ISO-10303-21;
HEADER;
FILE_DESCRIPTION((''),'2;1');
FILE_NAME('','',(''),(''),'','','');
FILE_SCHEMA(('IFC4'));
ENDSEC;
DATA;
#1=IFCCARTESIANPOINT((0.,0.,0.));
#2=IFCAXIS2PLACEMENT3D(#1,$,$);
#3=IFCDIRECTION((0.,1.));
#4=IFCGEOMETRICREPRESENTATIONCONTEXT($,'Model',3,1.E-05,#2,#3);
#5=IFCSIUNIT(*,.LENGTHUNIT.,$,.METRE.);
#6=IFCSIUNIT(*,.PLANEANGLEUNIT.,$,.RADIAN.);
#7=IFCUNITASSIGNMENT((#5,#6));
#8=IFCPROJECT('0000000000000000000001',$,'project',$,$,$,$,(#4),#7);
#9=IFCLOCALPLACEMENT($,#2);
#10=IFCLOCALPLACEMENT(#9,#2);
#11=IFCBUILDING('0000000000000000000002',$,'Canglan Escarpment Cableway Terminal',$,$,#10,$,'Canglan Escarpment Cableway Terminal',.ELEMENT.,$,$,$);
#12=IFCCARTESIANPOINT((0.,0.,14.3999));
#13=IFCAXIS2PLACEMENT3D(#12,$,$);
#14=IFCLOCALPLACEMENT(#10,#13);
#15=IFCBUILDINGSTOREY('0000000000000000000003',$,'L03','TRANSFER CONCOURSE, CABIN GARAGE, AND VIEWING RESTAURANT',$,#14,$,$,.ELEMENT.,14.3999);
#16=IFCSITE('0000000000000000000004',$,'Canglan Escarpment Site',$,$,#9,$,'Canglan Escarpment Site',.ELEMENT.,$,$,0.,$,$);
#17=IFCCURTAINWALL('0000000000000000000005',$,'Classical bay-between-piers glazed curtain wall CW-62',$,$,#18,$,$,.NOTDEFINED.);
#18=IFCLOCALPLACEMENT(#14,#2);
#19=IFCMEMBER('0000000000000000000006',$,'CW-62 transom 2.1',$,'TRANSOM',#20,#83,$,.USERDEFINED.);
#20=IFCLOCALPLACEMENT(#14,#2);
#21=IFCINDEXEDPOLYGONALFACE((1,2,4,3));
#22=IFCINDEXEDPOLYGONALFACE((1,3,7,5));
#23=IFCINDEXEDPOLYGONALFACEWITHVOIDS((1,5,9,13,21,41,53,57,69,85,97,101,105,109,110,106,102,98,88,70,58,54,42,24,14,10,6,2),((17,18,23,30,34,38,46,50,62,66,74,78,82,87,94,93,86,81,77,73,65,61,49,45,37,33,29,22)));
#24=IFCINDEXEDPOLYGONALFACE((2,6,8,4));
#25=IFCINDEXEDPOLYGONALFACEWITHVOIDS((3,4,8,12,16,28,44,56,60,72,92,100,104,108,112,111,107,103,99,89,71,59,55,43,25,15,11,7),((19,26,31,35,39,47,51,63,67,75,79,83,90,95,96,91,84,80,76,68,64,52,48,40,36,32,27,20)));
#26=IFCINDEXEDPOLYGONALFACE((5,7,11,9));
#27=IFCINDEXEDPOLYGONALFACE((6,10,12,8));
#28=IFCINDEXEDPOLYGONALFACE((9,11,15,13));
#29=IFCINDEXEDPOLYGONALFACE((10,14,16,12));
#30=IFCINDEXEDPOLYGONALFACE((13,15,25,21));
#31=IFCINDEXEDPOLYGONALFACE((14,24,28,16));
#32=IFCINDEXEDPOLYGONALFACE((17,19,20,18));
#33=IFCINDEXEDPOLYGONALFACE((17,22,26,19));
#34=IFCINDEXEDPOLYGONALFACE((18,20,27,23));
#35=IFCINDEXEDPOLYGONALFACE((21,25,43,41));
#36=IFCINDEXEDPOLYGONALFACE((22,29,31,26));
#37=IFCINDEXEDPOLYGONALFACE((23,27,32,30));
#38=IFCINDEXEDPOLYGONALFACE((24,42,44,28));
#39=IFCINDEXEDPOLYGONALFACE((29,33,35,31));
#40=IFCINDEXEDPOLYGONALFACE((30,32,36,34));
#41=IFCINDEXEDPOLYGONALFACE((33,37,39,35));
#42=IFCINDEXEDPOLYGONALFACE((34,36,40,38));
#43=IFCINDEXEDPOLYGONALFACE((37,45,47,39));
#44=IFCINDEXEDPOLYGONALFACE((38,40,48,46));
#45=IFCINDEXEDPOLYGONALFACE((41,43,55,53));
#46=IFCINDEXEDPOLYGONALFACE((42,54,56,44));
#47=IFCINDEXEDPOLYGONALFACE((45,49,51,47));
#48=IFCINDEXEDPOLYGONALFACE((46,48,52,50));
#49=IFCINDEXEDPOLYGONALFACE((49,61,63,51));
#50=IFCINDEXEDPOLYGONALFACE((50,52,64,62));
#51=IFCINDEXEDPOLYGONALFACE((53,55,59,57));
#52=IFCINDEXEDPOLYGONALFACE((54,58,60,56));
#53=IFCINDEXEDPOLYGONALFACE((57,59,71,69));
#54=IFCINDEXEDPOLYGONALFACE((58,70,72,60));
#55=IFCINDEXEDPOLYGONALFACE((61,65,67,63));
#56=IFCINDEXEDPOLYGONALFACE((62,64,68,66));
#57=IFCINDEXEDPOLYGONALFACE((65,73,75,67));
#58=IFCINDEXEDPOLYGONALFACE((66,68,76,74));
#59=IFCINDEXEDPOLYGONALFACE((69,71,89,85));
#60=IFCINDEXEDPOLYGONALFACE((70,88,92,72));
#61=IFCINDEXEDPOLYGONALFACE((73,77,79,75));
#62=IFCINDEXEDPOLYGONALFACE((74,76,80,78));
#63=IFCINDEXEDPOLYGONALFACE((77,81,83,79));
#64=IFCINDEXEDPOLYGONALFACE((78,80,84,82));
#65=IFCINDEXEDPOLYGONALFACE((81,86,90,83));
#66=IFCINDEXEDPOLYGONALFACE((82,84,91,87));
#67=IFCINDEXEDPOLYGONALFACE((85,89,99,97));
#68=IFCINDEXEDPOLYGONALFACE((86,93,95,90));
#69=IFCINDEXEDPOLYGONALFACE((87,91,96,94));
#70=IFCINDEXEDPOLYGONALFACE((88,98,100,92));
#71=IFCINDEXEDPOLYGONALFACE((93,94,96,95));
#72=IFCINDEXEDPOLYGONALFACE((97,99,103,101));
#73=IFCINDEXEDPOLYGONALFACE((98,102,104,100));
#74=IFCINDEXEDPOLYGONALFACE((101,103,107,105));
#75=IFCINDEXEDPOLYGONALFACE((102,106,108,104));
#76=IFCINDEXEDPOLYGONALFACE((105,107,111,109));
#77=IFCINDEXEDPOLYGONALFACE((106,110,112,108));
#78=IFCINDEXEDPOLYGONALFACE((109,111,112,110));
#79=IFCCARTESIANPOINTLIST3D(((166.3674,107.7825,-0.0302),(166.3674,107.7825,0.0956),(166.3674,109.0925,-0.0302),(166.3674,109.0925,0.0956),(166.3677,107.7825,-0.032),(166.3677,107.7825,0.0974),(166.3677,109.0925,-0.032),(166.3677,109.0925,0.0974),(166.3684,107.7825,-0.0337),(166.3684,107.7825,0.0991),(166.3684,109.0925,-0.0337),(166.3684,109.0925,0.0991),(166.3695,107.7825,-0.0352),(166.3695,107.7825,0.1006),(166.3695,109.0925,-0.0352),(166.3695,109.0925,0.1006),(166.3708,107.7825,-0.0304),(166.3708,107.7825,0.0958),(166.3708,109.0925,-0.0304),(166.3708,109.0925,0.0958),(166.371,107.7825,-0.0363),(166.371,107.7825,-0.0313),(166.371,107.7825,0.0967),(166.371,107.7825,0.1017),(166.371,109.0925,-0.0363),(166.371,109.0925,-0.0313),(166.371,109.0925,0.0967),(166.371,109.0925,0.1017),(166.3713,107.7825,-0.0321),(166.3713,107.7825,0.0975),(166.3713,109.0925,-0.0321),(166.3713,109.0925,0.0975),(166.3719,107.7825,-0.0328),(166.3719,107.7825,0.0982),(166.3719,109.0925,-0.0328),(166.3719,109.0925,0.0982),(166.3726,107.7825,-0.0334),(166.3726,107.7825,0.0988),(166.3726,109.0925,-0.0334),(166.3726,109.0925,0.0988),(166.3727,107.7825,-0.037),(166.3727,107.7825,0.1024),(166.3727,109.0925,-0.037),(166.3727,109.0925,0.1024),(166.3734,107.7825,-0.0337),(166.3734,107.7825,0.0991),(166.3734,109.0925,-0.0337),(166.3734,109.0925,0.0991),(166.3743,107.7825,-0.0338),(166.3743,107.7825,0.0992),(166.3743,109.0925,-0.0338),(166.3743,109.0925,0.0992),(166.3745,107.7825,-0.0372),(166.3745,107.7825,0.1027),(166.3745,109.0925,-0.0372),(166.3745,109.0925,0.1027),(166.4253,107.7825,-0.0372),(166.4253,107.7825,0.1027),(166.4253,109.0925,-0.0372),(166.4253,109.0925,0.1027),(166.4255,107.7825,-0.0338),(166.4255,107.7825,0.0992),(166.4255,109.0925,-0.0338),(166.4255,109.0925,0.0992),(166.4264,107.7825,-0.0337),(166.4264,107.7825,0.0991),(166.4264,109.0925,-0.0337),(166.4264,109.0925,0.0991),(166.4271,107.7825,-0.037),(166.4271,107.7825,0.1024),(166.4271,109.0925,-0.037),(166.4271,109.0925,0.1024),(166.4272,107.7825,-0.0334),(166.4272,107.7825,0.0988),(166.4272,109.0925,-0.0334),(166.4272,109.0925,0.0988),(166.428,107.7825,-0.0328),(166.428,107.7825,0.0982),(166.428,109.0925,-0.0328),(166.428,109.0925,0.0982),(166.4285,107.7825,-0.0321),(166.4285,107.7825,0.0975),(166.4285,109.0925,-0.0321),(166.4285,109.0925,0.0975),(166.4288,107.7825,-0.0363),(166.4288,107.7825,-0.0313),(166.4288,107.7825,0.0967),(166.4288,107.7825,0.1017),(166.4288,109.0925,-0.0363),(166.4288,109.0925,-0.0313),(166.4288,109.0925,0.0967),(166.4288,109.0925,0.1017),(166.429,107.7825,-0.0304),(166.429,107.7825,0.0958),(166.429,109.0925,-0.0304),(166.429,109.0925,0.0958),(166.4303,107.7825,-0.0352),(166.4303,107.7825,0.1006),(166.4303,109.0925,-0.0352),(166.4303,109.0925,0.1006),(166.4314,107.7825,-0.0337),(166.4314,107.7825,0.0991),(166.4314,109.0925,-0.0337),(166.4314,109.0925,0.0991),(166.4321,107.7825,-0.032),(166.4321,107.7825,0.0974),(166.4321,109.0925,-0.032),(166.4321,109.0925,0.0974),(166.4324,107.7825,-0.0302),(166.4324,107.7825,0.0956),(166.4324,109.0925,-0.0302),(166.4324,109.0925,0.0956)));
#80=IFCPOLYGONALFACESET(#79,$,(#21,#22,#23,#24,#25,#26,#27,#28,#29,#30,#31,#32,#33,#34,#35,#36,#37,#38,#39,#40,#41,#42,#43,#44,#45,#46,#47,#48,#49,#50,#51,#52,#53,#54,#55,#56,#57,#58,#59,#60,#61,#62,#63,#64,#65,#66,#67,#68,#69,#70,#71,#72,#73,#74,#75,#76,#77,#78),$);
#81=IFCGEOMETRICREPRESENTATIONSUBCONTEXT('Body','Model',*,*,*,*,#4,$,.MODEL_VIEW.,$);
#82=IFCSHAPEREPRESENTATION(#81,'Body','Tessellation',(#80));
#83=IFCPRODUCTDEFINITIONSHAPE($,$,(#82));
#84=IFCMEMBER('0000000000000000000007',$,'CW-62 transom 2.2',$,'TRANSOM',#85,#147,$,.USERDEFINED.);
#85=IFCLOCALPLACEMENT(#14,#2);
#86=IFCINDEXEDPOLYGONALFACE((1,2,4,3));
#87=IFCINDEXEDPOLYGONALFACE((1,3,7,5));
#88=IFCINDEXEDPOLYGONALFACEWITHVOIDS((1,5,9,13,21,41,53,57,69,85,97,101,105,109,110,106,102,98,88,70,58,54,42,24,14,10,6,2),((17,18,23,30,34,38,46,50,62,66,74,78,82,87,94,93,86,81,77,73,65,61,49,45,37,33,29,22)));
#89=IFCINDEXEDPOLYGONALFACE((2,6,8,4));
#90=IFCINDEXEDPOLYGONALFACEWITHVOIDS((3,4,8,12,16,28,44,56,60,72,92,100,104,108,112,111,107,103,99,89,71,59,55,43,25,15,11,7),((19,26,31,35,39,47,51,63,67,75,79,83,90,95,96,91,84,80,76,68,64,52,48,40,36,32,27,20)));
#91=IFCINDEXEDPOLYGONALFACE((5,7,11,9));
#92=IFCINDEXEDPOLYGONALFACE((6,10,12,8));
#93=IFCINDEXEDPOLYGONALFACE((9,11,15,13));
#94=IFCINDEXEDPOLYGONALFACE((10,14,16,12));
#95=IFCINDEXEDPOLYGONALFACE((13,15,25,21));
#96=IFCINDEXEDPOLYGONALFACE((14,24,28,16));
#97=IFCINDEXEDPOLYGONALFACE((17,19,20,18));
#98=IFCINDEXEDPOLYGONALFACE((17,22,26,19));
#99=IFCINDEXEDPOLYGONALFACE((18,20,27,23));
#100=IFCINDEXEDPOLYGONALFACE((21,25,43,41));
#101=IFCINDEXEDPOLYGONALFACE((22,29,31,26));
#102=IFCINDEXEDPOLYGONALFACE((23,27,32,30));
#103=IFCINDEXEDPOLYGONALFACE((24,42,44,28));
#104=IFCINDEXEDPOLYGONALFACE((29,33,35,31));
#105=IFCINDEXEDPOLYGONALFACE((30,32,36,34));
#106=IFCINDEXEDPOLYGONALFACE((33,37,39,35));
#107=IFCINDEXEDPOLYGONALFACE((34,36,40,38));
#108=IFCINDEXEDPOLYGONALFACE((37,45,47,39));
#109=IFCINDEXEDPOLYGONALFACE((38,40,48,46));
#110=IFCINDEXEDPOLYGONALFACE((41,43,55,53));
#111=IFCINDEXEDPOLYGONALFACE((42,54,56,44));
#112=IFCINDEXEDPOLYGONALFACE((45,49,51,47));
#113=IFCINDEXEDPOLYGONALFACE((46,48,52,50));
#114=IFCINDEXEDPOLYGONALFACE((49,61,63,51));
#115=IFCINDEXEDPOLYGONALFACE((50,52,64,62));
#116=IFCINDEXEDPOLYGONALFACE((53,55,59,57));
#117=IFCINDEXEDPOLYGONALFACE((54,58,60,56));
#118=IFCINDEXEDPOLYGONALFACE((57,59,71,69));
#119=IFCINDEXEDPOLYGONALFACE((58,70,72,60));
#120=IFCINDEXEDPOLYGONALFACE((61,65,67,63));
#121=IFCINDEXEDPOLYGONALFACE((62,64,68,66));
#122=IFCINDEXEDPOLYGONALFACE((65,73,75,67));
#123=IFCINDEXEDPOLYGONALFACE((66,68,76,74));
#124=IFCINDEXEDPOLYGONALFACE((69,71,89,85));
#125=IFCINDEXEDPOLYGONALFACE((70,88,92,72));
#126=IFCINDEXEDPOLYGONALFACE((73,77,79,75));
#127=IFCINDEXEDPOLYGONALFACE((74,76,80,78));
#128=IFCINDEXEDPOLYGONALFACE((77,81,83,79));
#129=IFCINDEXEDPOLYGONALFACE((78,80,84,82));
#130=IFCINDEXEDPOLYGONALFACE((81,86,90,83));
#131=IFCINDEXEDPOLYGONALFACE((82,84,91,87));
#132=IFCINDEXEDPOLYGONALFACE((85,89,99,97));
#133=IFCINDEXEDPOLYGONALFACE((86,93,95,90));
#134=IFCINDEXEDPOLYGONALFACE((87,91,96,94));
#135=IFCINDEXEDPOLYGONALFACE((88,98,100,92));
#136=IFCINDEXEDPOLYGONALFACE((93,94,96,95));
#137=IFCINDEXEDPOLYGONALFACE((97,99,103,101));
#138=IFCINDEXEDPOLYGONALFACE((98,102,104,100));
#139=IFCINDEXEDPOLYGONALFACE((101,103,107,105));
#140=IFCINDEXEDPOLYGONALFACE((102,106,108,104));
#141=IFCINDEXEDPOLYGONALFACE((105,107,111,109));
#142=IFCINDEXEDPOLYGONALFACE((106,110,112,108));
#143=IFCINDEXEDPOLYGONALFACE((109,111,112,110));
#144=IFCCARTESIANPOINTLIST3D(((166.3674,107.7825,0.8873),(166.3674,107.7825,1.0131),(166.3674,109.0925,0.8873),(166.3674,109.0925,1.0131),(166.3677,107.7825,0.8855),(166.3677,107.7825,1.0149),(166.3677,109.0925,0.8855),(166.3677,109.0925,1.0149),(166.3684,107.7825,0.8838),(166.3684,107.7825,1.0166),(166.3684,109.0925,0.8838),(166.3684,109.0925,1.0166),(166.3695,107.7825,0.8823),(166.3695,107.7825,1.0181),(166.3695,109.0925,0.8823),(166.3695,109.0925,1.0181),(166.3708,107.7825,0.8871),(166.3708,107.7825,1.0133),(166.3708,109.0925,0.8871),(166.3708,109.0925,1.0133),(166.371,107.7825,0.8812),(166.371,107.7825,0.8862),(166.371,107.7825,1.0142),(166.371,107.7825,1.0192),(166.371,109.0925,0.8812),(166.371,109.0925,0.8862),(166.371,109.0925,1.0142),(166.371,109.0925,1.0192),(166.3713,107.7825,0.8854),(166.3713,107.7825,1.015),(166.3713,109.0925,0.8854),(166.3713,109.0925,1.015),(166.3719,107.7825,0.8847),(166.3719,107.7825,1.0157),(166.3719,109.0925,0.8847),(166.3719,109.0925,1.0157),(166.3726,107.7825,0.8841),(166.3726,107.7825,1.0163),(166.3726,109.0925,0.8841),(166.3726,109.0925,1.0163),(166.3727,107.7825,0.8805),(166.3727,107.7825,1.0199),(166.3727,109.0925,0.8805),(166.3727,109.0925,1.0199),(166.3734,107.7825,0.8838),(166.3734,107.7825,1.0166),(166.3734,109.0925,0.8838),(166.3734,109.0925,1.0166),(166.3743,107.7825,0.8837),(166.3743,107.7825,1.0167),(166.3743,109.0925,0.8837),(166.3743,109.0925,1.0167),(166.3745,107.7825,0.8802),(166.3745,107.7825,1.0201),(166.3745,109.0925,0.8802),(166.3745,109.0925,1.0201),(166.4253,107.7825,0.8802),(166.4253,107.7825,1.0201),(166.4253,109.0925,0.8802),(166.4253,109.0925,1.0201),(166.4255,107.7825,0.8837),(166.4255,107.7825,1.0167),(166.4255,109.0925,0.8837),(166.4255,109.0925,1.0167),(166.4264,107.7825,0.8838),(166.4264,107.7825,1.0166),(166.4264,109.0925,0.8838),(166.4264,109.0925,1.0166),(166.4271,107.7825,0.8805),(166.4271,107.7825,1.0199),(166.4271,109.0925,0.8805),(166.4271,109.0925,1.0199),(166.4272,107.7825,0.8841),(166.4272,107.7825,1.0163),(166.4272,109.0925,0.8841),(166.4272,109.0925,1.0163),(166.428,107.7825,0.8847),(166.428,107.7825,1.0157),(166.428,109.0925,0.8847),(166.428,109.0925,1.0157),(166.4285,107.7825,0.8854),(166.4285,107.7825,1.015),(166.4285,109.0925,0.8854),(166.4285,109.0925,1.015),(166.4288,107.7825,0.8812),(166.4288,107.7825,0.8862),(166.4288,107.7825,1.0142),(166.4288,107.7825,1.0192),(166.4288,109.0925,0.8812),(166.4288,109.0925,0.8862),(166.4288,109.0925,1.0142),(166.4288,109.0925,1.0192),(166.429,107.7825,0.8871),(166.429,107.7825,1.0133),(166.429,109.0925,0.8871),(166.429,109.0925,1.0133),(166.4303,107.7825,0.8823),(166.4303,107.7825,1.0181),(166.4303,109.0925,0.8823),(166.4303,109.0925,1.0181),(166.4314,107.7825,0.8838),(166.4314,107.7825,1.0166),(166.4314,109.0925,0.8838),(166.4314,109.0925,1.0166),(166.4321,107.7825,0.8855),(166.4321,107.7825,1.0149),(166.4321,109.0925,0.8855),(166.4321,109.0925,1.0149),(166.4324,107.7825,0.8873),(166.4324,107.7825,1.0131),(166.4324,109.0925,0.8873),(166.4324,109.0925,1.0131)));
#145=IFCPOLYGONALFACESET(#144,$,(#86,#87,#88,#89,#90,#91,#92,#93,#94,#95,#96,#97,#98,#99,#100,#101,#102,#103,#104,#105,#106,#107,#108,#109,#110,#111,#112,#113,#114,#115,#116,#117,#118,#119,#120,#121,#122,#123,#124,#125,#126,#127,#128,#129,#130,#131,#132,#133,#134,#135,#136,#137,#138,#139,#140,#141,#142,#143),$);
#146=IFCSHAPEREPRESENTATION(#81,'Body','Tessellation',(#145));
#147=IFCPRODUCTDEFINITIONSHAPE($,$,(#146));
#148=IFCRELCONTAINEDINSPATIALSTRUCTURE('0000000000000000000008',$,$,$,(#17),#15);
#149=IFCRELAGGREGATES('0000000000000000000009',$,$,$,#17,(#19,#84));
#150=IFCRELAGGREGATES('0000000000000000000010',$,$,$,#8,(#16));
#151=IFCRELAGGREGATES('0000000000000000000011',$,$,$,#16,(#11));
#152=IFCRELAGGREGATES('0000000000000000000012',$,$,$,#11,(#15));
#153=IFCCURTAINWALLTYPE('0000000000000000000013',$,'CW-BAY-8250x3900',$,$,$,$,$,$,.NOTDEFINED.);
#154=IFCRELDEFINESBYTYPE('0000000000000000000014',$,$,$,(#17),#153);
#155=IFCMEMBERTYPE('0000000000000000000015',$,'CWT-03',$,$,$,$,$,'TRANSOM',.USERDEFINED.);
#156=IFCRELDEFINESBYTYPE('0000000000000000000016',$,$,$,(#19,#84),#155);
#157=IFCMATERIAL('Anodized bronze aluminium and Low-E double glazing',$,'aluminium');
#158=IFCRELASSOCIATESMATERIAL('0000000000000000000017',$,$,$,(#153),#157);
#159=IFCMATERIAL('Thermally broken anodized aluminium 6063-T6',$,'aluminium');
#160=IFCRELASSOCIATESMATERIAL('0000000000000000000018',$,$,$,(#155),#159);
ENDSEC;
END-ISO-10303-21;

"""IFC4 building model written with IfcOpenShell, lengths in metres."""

from ifc_helpers import new_model, si_unit, direction, frame, origin, origin_2d, place, context, subcontext, project, spatial, hollow_rectangle, extrude, material, material_profile, profile_set, type_object, element, aggregate, save


model = new_model("IFC4")

# Units and contexts
model_context = context("Model", 3, precision=1e-05, world=origin(), true_north=direction((0.0, 1.0)))
body_context = subcontext(model_context, "Body", "Model", "MODEL_VIEW")
ifc_project = project(units=[si_unit("LENGTHUNIT", "METRE"), si_unit("PLANEANGLEUNIT", "RADIAN")], contexts=[model_context])

# Site, building, storey
site_placement = place(None, origin())
site = spatial("IfcSite", under=ifc_project, at=site_placement, Name="Canglan Escarpment Site", LongName="Canglan Escarpment Site", CompositionType="ELEMENT", RefElevation=0.0)
building_placement = place(site_placement, origin())
building = spatial("IfcBuilding", under=site, at=building_placement, Name="Canglan Escarpment Cableway Terminal", LongName="Canglan Escarpment Cableway Terminal", CompositionType="ELEMENT")
storey_placement = place(building_placement, frame((0.0, 0.0, 14.3999)))
storey = spatial("IfcBuildingStorey", under=building, at=storey_placement, Name="L03", Description="TRANSFER CONCOURSE, CABIN GARAGE, AND VIEWING RESTAURANT", CompositionType="ELEMENT", Elevation=14.3999)

# Curtain wall, members
ifc_material_1 = material(Name="Anodized bronze aluminium and Low-E double glazing", Category="aluminium")
curtain_wall_type = type_object("IfcCurtainWallType", Name="CW-BAY-8250x3900", PredefinedType="NOTDEFINED", material=ifc_material_1)
curtain_wall_placement = place(storey_placement, origin())
curtain_wall = element("IfcCurtainWall", 1, at=curtain_wall_placement, inside=storey, type_object=curtain_wall_type, Name="Classical bay-between-piers glazed curtain wall CW-62", PredefinedType="NOTDEFINED")
ifc_material_2 = material(Name="Thermally broken anodized aluminium 6063-T6", Category="aluminium")
ifc_material_profile_1 = material_profile(ifc_material_2, hollow_rectangle(XDim=0.0649, YDim=0.1399, WallThickness=0.0034, InnerFilletRadius=0.0034, OuterFilletRadius=0.0071, at=origin_2d()), Name="ALU-TRAN 65x140x3.5")
ifc_profile_set_1 = profile_set([ifc_material_profile_1], Name="Thermally broken anodized aluminium 6063-T6")
member_type_1 = type_object("IfcMemberType", Name="CWT-03", ElementType="TRANSOM", PredefinedType="USERDEFINED", material=ifc_profile_set_1)
member_1_placement = place(storey_placement, frame((166.3999, 107.7825, 0.0327), z_axis=(0.0, 1.0, 0.0), x_axis=(-1.0, 0.0, 0.0)))
member_1 = element("IfcMember", 2, at=member_1_placement, type_object=member_type_1, Name="CW-62 transom 2.1", ObjectType="TRANSOM", PredefinedType="USERDEFINED", context=body_context, shape_type="SweptSolid", body=[
    extrude(hollow_rectangle(XDim=0.0649, YDim=0.1399, WallThickness=0.0034, InnerFilletRadius=0.0034, OuterFilletRadius=0.0071, at=origin_2d()), origin(), (0.0, 0.0, 1.0), 1.3101),
])
member_2_placement = place(storey_placement, frame((166.3999, 107.7825, 0.9502), z_axis=(0.0, 1.0, 0.0), x_axis=(-1.0, 0.0, 0.0)))
member_2 = element("IfcMember", 3, at=member_2_placement, type_object=member_type_1, Name="CW-62 transom 2.2", ObjectType="TRANSOM", PredefinedType="USERDEFINED", context=body_context, shape_type="SweptSolid", body=[
    extrude(hollow_rectangle(XDim=0.0649, YDim=0.1399, WallThickness=0.0034, InnerFilletRadius=0.0034, OuterFilletRadius=0.0071, at=origin_2d()), origin(), (0.0, 0.0, 1.0), 1.3101),
])
aggregate(curtain_wall, [member_1, member_2])

save(model, "model.ifc")
